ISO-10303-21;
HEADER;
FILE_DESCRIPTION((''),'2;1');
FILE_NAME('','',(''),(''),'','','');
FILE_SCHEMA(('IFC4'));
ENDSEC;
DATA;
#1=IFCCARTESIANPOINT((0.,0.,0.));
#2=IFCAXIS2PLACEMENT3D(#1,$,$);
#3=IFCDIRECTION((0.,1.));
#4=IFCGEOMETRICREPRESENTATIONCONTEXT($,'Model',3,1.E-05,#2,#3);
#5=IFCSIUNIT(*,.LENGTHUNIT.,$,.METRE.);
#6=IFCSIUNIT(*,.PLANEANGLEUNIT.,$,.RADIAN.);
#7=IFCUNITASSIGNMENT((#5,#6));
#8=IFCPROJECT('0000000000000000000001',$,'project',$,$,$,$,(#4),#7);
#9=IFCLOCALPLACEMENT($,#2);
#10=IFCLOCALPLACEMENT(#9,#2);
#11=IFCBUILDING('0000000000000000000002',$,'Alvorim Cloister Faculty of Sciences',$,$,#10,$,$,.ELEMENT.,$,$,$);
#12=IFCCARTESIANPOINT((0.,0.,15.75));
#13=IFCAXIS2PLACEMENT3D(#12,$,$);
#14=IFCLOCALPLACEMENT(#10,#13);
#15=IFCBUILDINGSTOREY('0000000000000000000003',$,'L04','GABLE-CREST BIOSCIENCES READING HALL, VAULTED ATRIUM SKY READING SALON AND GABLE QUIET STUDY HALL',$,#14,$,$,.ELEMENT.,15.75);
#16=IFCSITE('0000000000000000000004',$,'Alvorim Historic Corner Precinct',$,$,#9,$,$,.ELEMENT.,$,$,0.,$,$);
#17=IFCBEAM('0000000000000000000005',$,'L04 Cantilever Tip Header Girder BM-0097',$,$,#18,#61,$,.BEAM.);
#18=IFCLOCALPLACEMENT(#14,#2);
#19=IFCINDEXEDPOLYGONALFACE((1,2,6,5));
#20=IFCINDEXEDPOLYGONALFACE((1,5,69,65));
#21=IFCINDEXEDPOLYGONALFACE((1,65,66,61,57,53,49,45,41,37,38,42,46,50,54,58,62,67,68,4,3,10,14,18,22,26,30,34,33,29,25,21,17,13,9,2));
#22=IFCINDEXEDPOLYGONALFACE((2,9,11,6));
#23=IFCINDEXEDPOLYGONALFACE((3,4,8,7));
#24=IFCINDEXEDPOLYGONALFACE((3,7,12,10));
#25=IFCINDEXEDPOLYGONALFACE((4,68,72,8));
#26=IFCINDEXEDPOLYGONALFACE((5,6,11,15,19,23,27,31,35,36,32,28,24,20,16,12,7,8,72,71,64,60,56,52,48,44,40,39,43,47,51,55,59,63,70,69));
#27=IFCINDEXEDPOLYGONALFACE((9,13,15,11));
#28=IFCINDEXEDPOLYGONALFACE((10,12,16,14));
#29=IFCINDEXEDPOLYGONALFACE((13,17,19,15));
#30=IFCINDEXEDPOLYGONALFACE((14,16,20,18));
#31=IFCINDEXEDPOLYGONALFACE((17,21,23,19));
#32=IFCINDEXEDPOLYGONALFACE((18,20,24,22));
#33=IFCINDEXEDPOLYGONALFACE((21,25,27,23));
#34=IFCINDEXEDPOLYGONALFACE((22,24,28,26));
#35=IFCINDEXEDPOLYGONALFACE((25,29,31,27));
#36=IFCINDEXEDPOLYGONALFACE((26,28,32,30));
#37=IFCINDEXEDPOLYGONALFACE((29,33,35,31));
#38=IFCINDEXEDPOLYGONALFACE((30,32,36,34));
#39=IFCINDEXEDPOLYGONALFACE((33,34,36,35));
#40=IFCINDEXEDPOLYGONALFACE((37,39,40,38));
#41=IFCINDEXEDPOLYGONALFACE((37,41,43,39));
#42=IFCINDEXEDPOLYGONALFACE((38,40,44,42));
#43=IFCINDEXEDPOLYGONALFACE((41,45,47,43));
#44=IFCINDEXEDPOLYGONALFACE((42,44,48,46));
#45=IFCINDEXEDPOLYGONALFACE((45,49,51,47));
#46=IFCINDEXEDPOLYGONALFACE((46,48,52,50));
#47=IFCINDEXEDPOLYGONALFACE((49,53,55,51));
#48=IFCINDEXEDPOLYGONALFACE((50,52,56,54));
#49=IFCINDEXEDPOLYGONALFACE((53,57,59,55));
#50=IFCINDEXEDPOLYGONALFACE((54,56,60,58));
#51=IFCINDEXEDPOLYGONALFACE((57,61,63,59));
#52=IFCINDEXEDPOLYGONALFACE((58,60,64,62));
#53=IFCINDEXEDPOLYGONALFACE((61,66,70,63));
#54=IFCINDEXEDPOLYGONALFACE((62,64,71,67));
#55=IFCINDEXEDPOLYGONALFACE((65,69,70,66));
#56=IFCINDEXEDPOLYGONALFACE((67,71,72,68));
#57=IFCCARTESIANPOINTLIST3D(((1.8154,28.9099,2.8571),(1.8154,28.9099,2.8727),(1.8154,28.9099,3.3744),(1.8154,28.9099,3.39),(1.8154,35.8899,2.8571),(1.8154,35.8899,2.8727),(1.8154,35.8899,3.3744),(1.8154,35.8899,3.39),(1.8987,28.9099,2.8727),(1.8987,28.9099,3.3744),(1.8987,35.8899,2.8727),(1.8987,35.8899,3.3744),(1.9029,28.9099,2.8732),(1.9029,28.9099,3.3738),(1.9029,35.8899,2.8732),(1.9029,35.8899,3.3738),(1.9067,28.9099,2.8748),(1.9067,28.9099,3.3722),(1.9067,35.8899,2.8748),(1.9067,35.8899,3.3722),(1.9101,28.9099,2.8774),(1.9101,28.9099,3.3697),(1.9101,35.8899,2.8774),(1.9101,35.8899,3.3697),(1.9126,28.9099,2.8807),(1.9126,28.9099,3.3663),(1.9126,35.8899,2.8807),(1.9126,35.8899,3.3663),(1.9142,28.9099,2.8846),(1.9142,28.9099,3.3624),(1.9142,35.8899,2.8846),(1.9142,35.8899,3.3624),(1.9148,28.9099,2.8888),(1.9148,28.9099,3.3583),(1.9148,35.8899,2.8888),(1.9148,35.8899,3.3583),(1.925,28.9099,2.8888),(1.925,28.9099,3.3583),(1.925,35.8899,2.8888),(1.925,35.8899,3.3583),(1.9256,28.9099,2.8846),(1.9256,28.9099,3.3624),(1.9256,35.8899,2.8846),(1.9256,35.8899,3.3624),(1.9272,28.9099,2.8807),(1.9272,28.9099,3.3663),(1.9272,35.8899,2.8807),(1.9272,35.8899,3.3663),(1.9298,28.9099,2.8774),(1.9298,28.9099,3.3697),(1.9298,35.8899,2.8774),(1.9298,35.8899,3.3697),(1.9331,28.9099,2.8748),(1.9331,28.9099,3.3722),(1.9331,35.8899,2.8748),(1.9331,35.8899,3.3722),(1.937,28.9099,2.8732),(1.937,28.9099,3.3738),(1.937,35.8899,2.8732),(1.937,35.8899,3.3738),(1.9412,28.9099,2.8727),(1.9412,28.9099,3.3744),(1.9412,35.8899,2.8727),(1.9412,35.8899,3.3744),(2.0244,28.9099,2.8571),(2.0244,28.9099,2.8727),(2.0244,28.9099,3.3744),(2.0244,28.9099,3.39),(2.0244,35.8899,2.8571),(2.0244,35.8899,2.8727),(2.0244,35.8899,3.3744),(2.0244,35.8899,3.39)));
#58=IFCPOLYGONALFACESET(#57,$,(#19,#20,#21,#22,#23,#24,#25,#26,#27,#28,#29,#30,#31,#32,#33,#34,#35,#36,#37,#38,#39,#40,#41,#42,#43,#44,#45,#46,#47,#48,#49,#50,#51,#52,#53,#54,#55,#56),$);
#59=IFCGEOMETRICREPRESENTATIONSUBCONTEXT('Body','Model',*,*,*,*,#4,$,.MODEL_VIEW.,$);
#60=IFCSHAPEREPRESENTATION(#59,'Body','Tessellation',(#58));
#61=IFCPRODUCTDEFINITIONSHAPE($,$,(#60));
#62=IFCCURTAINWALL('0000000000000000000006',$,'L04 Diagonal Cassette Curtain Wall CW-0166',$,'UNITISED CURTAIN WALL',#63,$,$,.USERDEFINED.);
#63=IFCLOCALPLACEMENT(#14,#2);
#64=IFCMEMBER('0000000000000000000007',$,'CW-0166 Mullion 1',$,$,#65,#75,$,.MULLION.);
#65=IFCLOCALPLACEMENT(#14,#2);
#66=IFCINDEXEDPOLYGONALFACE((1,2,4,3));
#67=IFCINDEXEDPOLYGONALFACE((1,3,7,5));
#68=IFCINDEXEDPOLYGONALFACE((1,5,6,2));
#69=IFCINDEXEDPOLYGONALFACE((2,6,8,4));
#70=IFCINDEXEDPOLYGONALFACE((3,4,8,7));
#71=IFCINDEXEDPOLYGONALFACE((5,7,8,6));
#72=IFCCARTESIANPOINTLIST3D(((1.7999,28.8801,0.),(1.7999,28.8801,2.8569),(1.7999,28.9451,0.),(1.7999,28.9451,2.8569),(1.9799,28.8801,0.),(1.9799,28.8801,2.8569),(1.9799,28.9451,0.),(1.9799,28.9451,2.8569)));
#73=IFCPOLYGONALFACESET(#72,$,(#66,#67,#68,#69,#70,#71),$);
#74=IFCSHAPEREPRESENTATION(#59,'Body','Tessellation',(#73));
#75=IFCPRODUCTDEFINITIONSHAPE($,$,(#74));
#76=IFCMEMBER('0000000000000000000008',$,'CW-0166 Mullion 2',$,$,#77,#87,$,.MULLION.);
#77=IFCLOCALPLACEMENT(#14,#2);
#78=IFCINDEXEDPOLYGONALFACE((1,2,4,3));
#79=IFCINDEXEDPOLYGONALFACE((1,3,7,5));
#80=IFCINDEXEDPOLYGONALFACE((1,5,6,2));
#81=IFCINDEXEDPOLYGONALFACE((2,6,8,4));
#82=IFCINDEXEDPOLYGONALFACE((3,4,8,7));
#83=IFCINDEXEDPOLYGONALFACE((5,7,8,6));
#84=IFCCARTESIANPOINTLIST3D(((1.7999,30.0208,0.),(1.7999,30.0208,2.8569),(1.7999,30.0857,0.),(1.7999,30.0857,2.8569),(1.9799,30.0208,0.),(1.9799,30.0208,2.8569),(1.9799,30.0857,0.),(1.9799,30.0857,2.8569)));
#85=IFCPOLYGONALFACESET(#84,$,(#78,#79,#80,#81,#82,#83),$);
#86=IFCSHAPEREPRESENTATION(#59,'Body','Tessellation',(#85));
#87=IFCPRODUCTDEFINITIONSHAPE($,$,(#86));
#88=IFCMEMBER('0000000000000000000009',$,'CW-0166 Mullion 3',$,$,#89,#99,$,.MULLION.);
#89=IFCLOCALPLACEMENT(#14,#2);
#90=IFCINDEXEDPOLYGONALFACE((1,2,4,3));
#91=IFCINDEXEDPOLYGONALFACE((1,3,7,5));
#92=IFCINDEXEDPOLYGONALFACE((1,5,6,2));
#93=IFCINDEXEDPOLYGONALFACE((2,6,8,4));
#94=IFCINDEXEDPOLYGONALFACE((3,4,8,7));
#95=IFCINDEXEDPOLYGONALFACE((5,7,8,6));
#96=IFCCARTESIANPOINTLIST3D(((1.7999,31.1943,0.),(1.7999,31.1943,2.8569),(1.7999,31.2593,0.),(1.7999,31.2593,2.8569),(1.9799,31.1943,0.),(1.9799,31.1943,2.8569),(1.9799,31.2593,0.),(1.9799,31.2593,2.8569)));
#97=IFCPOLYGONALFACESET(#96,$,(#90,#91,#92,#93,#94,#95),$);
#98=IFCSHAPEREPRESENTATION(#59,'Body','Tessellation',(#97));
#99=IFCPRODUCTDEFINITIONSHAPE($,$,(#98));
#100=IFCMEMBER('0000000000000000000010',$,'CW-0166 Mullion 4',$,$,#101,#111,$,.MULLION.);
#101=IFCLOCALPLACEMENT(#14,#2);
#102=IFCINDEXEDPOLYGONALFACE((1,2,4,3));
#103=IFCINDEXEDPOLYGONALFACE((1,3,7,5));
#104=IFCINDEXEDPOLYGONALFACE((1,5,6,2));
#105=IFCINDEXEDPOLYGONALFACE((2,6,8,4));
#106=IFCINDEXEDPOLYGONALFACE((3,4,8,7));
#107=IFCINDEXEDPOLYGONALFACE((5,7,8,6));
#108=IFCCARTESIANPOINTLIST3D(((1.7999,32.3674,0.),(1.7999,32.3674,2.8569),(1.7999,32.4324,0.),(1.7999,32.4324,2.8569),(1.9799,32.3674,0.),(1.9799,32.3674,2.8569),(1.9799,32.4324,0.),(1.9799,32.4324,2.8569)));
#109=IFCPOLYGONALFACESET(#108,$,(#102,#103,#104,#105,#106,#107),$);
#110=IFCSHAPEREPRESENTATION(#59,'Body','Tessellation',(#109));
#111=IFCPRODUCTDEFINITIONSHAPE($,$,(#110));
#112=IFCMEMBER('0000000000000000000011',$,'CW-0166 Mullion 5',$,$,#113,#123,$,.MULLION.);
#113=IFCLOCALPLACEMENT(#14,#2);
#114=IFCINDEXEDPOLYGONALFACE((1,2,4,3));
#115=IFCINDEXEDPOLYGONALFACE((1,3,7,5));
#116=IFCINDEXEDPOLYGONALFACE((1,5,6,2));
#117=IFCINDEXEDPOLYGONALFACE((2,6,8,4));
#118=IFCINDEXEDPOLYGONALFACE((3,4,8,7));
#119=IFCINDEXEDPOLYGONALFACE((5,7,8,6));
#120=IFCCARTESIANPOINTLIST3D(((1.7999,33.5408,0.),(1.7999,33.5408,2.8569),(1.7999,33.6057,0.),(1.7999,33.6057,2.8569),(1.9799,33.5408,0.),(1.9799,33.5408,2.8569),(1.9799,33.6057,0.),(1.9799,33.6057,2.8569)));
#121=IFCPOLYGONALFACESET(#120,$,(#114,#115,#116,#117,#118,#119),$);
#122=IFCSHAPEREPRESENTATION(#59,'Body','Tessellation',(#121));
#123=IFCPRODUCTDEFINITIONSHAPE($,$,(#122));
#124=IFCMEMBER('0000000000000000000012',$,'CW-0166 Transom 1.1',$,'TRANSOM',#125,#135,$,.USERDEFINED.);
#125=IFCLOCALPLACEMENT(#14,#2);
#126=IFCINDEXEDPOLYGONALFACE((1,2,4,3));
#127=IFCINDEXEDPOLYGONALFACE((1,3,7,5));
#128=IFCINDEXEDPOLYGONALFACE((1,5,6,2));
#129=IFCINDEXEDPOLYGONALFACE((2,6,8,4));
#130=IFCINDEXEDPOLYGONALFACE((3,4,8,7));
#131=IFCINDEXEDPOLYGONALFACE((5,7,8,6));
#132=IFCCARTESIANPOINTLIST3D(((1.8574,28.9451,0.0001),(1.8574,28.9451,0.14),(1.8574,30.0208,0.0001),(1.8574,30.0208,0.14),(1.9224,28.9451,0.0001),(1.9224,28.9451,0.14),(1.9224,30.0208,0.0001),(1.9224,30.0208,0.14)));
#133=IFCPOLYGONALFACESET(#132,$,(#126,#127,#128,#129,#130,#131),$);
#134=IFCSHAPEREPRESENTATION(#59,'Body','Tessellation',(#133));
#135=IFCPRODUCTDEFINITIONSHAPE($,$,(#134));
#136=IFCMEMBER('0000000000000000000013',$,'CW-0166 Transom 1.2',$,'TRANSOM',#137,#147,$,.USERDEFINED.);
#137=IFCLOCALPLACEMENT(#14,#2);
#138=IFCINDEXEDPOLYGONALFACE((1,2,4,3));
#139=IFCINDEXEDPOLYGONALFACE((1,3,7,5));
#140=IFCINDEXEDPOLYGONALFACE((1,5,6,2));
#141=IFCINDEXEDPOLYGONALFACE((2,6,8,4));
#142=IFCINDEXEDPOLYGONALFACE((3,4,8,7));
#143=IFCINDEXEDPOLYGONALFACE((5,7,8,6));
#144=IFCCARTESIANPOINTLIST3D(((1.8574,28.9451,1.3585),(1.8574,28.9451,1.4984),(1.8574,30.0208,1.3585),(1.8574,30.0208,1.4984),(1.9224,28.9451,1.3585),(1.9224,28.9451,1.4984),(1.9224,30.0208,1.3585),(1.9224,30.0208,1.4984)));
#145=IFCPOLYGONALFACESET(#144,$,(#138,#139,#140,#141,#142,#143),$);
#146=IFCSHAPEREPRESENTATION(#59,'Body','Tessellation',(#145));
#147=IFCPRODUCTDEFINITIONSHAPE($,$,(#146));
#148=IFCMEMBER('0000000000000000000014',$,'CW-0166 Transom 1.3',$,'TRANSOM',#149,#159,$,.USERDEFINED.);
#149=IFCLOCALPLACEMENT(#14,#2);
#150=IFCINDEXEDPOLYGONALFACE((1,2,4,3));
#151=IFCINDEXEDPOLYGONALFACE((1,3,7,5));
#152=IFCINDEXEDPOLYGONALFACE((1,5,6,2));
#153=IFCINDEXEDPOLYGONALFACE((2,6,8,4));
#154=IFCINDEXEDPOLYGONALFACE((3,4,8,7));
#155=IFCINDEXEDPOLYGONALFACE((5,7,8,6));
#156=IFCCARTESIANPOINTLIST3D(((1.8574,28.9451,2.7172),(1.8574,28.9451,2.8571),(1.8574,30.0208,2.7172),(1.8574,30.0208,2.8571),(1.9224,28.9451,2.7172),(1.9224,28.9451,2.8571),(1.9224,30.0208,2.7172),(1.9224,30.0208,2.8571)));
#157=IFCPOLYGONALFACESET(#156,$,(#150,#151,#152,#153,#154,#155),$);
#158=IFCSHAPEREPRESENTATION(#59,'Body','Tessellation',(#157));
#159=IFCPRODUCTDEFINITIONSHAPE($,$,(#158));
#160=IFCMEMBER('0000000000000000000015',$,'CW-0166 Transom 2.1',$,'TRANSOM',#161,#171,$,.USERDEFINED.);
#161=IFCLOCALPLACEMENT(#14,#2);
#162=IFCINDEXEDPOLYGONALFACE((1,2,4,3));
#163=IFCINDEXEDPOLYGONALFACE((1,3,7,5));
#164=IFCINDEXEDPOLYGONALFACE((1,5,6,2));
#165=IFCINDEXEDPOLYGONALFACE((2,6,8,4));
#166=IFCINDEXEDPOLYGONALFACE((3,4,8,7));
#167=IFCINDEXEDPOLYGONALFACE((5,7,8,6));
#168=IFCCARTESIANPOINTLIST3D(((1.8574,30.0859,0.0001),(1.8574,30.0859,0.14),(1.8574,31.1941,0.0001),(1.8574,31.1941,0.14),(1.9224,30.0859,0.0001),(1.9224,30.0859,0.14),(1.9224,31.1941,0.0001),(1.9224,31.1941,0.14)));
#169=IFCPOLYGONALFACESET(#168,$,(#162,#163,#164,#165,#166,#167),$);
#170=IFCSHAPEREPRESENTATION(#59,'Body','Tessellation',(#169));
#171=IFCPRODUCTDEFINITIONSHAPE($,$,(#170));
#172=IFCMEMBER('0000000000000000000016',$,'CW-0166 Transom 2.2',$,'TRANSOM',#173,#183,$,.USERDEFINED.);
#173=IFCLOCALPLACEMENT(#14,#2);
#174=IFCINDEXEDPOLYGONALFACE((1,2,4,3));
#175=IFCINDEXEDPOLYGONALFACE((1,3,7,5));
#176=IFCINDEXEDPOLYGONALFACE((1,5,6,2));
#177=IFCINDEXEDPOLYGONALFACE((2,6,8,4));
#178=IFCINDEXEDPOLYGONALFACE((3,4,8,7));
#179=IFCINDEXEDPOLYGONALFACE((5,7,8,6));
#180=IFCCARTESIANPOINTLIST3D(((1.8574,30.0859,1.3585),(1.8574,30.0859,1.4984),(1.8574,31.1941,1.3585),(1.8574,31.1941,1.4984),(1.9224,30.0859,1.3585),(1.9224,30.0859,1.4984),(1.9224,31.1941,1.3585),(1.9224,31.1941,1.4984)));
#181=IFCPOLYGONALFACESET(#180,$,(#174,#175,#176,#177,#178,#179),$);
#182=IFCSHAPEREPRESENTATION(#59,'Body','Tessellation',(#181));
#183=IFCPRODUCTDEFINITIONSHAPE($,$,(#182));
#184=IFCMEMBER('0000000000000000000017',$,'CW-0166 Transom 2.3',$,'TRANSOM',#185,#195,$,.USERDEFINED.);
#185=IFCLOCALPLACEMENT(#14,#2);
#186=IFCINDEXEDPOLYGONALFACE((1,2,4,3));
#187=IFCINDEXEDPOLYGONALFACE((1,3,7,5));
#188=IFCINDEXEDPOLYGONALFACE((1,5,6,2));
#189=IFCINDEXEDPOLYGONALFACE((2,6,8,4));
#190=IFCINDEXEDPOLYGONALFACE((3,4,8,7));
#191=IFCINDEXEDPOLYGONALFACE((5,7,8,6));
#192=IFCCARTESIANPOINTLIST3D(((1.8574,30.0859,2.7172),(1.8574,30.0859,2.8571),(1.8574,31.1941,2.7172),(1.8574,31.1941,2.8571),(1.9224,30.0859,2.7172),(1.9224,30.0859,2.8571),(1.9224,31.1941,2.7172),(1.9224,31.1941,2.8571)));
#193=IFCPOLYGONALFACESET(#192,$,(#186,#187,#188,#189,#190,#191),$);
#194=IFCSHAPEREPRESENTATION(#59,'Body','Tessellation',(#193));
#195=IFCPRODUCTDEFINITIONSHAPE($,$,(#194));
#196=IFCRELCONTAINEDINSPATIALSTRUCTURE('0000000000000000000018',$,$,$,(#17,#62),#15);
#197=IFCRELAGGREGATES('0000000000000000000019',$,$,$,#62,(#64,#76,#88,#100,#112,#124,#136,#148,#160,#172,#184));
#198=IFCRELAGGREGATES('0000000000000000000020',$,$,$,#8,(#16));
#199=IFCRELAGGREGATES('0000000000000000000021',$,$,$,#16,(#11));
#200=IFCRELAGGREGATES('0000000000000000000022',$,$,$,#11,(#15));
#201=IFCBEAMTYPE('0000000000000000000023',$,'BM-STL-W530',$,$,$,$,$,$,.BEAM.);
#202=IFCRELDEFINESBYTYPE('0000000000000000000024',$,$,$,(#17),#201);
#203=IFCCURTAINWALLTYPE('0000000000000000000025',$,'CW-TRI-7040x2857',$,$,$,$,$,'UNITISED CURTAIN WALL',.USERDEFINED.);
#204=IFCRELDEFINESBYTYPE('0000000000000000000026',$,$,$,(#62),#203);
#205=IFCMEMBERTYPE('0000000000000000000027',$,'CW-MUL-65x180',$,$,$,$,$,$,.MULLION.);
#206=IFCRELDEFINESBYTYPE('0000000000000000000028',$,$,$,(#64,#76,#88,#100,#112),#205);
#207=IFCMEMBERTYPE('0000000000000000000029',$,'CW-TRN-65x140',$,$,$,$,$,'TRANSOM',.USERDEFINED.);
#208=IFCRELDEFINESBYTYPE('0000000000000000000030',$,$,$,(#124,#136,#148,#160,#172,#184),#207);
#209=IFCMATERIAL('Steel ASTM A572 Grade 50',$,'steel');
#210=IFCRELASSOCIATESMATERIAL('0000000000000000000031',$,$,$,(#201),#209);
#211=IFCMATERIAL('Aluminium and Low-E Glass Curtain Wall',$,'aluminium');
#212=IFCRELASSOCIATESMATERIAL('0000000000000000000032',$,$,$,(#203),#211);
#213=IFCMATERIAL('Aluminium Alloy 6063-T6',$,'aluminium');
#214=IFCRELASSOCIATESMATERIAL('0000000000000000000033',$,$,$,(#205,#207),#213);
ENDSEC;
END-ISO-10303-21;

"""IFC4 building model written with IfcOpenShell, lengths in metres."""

from ifc_helpers import new_model, si_unit, direction, frame, origin, origin_2d, place, context, subcontext, project, spatial, rectangle, i_section, extrude, material, material_profile, profile_set, type_object, element, aggregate, save


model = new_model("IFC4")

# Units and contexts
model_context = context("Model", 3, precision=1e-05, world=origin(), true_north=direction((0.0, 1.0)))
body_context = subcontext(model_context, "Body", "Model", "MODEL_VIEW")
ifc_project = project(units=[si_unit("LENGTHUNIT", "METRE"), si_unit("PLANEANGLEUNIT", "RADIAN")], contexts=[model_context])

# Site, building, storey
site_placement = place(None, origin())
site = spatial("IfcSite", under=ifc_project, at=site_placement, Name="Alvorim Historic Corner Precinct", CompositionType="ELEMENT", RefElevation=0.0)
building_placement = place(site_placement, origin())
building = spatial("IfcBuilding", under=site, at=building_placement, Name="Alvorim Cloister Faculty of Sciences", CompositionType="ELEMENT")
storey_placement = place(building_placement, frame((0.0, 0.0, 15.75)))
storey = spatial("IfcBuildingStorey", under=building, at=storey_placement, Name="L04", Description="GABLE-CREST BIOSCIENCES READING HALL, VAULTED ATRIUM SKY READING SALON AND GABLE QUIET STUDY HALL", CompositionType="ELEMENT", Elevation=15.75)

# Beam
ifc_material_1 = material(Name="Steel ASTM A572 Grade 50", Category="steel")
ifc_material_profile_1 = material_profile(ifc_material_1, i_section(OverallWidth=0.209, OverallDepth=0.533, WebThickness=0.0103, FlangeThickness=0.0156, FilletRadius=0.0161, at=origin_2d()), Name="W530x92.0")
ifc_profile_set_1 = profile_set([ifc_material_profile_1], Name="Steel ASTM A572 Grade 50")
beam_type = type_object("IfcBeamType", Name="BM-STL-W530", PredefinedType="BEAM", material=ifc_profile_set_1)
beam_placement = place(storey_placement, frame((1.9199, 28.9099, 3.1235), z_axis=(0.0, 1.0, 0.0), x_axis=(-1.0, 0.0, 0.0)))
element("IfcBeam", 1, at=beam_placement, inside=storey, type_object=beam_type, Name="L04 Cantilever Tip Header Girder BM-0097", PredefinedType="BEAM", context=body_context, shape_type="SweptSolid", body=[
    extrude(i_section(OverallWidth=0.209, OverallDepth=0.533, WebThickness=0.0103, FlangeThickness=0.0156, FilletRadius=0.0161, at=origin_2d()), origin(), (0.0, 0.0, 1.0), 6.98),
])

# Curtain wall, members
ifc_material_2 = material(Name="Aluminium and Low-E Glass Curtain Wall", Category="aluminium")
curtain_wall_type = type_object("IfcCurtainWallType", Name="CW-TRI-7040x2857", ElementType="UNITISED CURTAIN WALL", PredefinedType="USERDEFINED", material=ifc_material_2)
curtain_wall_placement = place(storey_placement, origin())
curtain_wall = element("IfcCurtainWall", 2, at=curtain_wall_placement, inside=storey, type_object=curtain_wall_type, Name="L04 Diagonal Cassette Curtain Wall CW-0166", ObjectType="UNITISED CURTAIN WALL", PredefinedType="USERDEFINED")
ifc_material_3 = material(Name="Aluminium Alloy 6063-T6", Category="aluminium")
ifc_material_profile_2 = material_profile(ifc_material_3, rectangle(XDim=0.0649, YDim=0.1799, at=origin_2d()), Name="ALU-MUL-65x180")
ifc_profile_set_2 = profile_set([ifc_material_profile_2], Name="Aluminium Alloy 6063-T6")
member_type_1 = type_object("IfcMemberType", Name="CW-MUL-65x180", PredefinedType="MULLION", material=ifc_profile_set_2)
member_1_placement = place(storey_placement, frame((1.8899, 28.9126, 0.0), z_axis=(0.0, 0.0, 1.0), x_axis=(0.0, 1.0, 0.0)))
member_1 = element("IfcMember", 3, at=member_1_placement, type_object=member_type_1, Name="CW-0166 Mullion 1", PredefinedType="MULLION", context=body_context, shape_type="SweptSolid", body=[
    extrude(rectangle(XDim=0.0649, YDim=0.1799, at=origin_2d()), origin(), (0.0, 0.0, 1.0), 2.8569),
])
member_2_placement = place(storey_placement, frame((1.8899, 30.0532, 0.0), z_axis=(0.0, 0.0, 1.0), x_axis=(0.0, 1.0, 0.0)))
member_2 = element("IfcMember", 4, at=member_2_placement, type_object=member_type_1, Name="CW-0166 Mullion 2", PredefinedType="MULLION", context=body_context, shape_type="SweptSolid", body=[
    extrude(rectangle(XDim=0.0649, YDim=0.1799, at=origin_2d()), origin(), (0.0, 0.0, 1.0), 2.8569),
])
member_3_placement = place(storey_placement, frame((1.8899, 31.2268, 0.0), z_axis=(0.0, 0.0, 1.0), x_axis=(0.0, 1.0, 0.0)))
member_3 = element("IfcMember", 5, at=member_3_placement, type_object=member_type_1, Name="CW-0166 Mullion 3", PredefinedType="MULLION", context=body_context, shape_type="SweptSolid", body=[
    extrude(rectangle(XDim=0.0649, YDim=0.1799, at=origin_2d()), origin(), (0.0, 0.0, 1.0), 2.8569),
])
member_4_placement = place(storey_placement, frame((1.8899, 32.3999, 0.0), z_axis=(0.0, 0.0, 1.0), x_axis=(0.0, 1.0, 0.0)))
member_4 = element("IfcMember", 6, at=member_4_placement, type_object=member_type_1, Name="CW-0166 Mullion 4", PredefinedType="MULLION", context=body_context, shape_type="SweptSolid", body=[
    extrude(rectangle(XDim=0.0649, YDim=0.1799, at=origin_2d()), origin(), (0.0, 0.0, 1.0), 2.8569),
])
member_5_placement = place(storey_placement, frame((1.8899, 33.5732, 0.0), z_axis=(0.0, 0.0, 1.0), x_axis=(0.0, 1.0, 0.0)))
member_5 = element("IfcMember", 7, at=member_5_placement, type_object=member_type_1, Name="CW-0166 Mullion 5", PredefinedType="MULLION", context=body_context, shape_type="SweptSolid", body=[
    extrude(rectangle(XDim=0.0649, YDim=0.1799, at=origin_2d()), origin(), (0.0, 0.0, 1.0), 2.8569),
])
ifc_material_profile_3 = material_profile(ifc_material_3, rectangle(XDim=0.0649, YDim=0.1399, at=origin_2d()), Name="ALU-TRN-65x140")
ifc_profile_set_3 = profile_set([ifc_material_profile_3], Name="Aluminium Alloy 6063-T6")
member_type_2 = type_object("IfcMemberType", Name="CW-TRN-65x140", ElementType="TRANSOM", PredefinedType="USERDEFINED", material=ifc_profile_set_3)
member_6_placement = place(storey_placement, frame((1.8899, 28.9451, 0.0701), z_axis=(0.0, 1.0, 0.0), x_axis=(-1.0, 0.0, 0.0)))
member_6 = element("IfcMember", 8, at=member_6_placement, type_object=member_type_2, Name="CW-0166 Transom 1.1", ObjectType="TRANSOM", PredefinedType="USERDEFINED", context=body_context, shape_type="SweptSolid", body=[
    extrude(rectangle(XDim=0.0649, YDim=0.1399, at=origin_2d()), origin(), (0.0, 0.0, 1.0), 1.0757),
])
member_7_placement = place(storey_placement, frame((1.8899, 28.9451, 1.4285), z_axis=(0.0, 1.0, 0.0), x_axis=(-1.0, 0.0, 0.0)))
member_7 = element("IfcMember", 9, at=member_7_placement, type_object=member_type_2, Name="CW-0166 Transom 1.2", ObjectType="TRANSOM", PredefinedType="USERDEFINED", context=body_context, shape_type="SweptSolid", body=[
    extrude(rectangle(XDim=0.0649, YDim=0.1399, at=origin_2d()), origin(), (0.0, 0.0, 1.0), 1.0757),
])
member_8_placement = place(storey_placement, frame((1.8899, 28.9451, 2.7871), z_axis=(0.0, 1.0, 0.0), x_axis=(-1.0, 0.0, 0.0)))
member_8 = element("IfcMember", 10, at=member_8_placement, type_object=member_type_2, Name="CW-0166 Transom 1.3", ObjectType="TRANSOM", PredefinedType="USERDEFINED", context=body_context, shape_type="SweptSolid", body=[
    extrude(rectangle(XDim=0.0649, YDim=0.1399, at=origin_2d()), origin(), (0.0, 0.0, 1.0), 1.0757),
])
member_9_placement = place(storey_placement, frame((1.8899, 30.0859, 0.0701), z_axis=(0.0, 1.0, 0.0), x_axis=(-1.0, 0.0, 0.0)))
member_9 = element("IfcMember", 11, at=member_9_placement, type_object=member_type_2, Name="CW-0166 Transom 2.1", ObjectType="TRANSOM", PredefinedType="USERDEFINED", context=body_context, shape_type="SweptSolid", body=[
    extrude(rectangle(XDim=0.0649, YDim=0.1399, at=origin_2d()), origin(), (0.0, 0.0, 1.0), 1.1082),
])
member_10_placement = place(storey_placement, frame((1.8899, 30.0859, 1.4285), z_axis=(0.0, 1.0, 0.0), x_axis=(-1.0, 0.0, 0.0)))
member_10 = element("IfcMember", 12, at=member_10_placement, type_object=member_type_2, Name="CW-0166 Transom 2.2", ObjectType="TRANSOM", PredefinedType="USERDEFINED", context=body_context, shape_type="SweptSolid", body=[
    extrude(rectangle(XDim=0.0649, YDim=0.1399, at=origin_2d()), origin(), (0.0, 0.0, 1.0), 1.1082),
])
member_11_placement = place(storey_placement, frame((1.8899, 30.0859, 2.7871), z_axis=(0.0, 1.0, 0.0), x_axis=(-1.0, 0.0, 0.0)))
member_11 = element("IfcMember", 13, at=member_11_placement, type_object=member_type_2, Name="CW-0166 Transom 2.3", ObjectType="TRANSOM", PredefinedType="USERDEFINED", context=body_context, shape_type="SweptSolid", body=[
    extrude(rectangle(XDim=0.0649, YDim=0.1399, at=origin_2d()), origin(), (0.0, 0.0, 1.0), 1.1082),
])
aggregate(curtain_wall, [member_1, member_2, member_3, member_4, member_5, member_6, member_7, member_8, member_9, member_10, member_11])

save(model, "model.ifc")
